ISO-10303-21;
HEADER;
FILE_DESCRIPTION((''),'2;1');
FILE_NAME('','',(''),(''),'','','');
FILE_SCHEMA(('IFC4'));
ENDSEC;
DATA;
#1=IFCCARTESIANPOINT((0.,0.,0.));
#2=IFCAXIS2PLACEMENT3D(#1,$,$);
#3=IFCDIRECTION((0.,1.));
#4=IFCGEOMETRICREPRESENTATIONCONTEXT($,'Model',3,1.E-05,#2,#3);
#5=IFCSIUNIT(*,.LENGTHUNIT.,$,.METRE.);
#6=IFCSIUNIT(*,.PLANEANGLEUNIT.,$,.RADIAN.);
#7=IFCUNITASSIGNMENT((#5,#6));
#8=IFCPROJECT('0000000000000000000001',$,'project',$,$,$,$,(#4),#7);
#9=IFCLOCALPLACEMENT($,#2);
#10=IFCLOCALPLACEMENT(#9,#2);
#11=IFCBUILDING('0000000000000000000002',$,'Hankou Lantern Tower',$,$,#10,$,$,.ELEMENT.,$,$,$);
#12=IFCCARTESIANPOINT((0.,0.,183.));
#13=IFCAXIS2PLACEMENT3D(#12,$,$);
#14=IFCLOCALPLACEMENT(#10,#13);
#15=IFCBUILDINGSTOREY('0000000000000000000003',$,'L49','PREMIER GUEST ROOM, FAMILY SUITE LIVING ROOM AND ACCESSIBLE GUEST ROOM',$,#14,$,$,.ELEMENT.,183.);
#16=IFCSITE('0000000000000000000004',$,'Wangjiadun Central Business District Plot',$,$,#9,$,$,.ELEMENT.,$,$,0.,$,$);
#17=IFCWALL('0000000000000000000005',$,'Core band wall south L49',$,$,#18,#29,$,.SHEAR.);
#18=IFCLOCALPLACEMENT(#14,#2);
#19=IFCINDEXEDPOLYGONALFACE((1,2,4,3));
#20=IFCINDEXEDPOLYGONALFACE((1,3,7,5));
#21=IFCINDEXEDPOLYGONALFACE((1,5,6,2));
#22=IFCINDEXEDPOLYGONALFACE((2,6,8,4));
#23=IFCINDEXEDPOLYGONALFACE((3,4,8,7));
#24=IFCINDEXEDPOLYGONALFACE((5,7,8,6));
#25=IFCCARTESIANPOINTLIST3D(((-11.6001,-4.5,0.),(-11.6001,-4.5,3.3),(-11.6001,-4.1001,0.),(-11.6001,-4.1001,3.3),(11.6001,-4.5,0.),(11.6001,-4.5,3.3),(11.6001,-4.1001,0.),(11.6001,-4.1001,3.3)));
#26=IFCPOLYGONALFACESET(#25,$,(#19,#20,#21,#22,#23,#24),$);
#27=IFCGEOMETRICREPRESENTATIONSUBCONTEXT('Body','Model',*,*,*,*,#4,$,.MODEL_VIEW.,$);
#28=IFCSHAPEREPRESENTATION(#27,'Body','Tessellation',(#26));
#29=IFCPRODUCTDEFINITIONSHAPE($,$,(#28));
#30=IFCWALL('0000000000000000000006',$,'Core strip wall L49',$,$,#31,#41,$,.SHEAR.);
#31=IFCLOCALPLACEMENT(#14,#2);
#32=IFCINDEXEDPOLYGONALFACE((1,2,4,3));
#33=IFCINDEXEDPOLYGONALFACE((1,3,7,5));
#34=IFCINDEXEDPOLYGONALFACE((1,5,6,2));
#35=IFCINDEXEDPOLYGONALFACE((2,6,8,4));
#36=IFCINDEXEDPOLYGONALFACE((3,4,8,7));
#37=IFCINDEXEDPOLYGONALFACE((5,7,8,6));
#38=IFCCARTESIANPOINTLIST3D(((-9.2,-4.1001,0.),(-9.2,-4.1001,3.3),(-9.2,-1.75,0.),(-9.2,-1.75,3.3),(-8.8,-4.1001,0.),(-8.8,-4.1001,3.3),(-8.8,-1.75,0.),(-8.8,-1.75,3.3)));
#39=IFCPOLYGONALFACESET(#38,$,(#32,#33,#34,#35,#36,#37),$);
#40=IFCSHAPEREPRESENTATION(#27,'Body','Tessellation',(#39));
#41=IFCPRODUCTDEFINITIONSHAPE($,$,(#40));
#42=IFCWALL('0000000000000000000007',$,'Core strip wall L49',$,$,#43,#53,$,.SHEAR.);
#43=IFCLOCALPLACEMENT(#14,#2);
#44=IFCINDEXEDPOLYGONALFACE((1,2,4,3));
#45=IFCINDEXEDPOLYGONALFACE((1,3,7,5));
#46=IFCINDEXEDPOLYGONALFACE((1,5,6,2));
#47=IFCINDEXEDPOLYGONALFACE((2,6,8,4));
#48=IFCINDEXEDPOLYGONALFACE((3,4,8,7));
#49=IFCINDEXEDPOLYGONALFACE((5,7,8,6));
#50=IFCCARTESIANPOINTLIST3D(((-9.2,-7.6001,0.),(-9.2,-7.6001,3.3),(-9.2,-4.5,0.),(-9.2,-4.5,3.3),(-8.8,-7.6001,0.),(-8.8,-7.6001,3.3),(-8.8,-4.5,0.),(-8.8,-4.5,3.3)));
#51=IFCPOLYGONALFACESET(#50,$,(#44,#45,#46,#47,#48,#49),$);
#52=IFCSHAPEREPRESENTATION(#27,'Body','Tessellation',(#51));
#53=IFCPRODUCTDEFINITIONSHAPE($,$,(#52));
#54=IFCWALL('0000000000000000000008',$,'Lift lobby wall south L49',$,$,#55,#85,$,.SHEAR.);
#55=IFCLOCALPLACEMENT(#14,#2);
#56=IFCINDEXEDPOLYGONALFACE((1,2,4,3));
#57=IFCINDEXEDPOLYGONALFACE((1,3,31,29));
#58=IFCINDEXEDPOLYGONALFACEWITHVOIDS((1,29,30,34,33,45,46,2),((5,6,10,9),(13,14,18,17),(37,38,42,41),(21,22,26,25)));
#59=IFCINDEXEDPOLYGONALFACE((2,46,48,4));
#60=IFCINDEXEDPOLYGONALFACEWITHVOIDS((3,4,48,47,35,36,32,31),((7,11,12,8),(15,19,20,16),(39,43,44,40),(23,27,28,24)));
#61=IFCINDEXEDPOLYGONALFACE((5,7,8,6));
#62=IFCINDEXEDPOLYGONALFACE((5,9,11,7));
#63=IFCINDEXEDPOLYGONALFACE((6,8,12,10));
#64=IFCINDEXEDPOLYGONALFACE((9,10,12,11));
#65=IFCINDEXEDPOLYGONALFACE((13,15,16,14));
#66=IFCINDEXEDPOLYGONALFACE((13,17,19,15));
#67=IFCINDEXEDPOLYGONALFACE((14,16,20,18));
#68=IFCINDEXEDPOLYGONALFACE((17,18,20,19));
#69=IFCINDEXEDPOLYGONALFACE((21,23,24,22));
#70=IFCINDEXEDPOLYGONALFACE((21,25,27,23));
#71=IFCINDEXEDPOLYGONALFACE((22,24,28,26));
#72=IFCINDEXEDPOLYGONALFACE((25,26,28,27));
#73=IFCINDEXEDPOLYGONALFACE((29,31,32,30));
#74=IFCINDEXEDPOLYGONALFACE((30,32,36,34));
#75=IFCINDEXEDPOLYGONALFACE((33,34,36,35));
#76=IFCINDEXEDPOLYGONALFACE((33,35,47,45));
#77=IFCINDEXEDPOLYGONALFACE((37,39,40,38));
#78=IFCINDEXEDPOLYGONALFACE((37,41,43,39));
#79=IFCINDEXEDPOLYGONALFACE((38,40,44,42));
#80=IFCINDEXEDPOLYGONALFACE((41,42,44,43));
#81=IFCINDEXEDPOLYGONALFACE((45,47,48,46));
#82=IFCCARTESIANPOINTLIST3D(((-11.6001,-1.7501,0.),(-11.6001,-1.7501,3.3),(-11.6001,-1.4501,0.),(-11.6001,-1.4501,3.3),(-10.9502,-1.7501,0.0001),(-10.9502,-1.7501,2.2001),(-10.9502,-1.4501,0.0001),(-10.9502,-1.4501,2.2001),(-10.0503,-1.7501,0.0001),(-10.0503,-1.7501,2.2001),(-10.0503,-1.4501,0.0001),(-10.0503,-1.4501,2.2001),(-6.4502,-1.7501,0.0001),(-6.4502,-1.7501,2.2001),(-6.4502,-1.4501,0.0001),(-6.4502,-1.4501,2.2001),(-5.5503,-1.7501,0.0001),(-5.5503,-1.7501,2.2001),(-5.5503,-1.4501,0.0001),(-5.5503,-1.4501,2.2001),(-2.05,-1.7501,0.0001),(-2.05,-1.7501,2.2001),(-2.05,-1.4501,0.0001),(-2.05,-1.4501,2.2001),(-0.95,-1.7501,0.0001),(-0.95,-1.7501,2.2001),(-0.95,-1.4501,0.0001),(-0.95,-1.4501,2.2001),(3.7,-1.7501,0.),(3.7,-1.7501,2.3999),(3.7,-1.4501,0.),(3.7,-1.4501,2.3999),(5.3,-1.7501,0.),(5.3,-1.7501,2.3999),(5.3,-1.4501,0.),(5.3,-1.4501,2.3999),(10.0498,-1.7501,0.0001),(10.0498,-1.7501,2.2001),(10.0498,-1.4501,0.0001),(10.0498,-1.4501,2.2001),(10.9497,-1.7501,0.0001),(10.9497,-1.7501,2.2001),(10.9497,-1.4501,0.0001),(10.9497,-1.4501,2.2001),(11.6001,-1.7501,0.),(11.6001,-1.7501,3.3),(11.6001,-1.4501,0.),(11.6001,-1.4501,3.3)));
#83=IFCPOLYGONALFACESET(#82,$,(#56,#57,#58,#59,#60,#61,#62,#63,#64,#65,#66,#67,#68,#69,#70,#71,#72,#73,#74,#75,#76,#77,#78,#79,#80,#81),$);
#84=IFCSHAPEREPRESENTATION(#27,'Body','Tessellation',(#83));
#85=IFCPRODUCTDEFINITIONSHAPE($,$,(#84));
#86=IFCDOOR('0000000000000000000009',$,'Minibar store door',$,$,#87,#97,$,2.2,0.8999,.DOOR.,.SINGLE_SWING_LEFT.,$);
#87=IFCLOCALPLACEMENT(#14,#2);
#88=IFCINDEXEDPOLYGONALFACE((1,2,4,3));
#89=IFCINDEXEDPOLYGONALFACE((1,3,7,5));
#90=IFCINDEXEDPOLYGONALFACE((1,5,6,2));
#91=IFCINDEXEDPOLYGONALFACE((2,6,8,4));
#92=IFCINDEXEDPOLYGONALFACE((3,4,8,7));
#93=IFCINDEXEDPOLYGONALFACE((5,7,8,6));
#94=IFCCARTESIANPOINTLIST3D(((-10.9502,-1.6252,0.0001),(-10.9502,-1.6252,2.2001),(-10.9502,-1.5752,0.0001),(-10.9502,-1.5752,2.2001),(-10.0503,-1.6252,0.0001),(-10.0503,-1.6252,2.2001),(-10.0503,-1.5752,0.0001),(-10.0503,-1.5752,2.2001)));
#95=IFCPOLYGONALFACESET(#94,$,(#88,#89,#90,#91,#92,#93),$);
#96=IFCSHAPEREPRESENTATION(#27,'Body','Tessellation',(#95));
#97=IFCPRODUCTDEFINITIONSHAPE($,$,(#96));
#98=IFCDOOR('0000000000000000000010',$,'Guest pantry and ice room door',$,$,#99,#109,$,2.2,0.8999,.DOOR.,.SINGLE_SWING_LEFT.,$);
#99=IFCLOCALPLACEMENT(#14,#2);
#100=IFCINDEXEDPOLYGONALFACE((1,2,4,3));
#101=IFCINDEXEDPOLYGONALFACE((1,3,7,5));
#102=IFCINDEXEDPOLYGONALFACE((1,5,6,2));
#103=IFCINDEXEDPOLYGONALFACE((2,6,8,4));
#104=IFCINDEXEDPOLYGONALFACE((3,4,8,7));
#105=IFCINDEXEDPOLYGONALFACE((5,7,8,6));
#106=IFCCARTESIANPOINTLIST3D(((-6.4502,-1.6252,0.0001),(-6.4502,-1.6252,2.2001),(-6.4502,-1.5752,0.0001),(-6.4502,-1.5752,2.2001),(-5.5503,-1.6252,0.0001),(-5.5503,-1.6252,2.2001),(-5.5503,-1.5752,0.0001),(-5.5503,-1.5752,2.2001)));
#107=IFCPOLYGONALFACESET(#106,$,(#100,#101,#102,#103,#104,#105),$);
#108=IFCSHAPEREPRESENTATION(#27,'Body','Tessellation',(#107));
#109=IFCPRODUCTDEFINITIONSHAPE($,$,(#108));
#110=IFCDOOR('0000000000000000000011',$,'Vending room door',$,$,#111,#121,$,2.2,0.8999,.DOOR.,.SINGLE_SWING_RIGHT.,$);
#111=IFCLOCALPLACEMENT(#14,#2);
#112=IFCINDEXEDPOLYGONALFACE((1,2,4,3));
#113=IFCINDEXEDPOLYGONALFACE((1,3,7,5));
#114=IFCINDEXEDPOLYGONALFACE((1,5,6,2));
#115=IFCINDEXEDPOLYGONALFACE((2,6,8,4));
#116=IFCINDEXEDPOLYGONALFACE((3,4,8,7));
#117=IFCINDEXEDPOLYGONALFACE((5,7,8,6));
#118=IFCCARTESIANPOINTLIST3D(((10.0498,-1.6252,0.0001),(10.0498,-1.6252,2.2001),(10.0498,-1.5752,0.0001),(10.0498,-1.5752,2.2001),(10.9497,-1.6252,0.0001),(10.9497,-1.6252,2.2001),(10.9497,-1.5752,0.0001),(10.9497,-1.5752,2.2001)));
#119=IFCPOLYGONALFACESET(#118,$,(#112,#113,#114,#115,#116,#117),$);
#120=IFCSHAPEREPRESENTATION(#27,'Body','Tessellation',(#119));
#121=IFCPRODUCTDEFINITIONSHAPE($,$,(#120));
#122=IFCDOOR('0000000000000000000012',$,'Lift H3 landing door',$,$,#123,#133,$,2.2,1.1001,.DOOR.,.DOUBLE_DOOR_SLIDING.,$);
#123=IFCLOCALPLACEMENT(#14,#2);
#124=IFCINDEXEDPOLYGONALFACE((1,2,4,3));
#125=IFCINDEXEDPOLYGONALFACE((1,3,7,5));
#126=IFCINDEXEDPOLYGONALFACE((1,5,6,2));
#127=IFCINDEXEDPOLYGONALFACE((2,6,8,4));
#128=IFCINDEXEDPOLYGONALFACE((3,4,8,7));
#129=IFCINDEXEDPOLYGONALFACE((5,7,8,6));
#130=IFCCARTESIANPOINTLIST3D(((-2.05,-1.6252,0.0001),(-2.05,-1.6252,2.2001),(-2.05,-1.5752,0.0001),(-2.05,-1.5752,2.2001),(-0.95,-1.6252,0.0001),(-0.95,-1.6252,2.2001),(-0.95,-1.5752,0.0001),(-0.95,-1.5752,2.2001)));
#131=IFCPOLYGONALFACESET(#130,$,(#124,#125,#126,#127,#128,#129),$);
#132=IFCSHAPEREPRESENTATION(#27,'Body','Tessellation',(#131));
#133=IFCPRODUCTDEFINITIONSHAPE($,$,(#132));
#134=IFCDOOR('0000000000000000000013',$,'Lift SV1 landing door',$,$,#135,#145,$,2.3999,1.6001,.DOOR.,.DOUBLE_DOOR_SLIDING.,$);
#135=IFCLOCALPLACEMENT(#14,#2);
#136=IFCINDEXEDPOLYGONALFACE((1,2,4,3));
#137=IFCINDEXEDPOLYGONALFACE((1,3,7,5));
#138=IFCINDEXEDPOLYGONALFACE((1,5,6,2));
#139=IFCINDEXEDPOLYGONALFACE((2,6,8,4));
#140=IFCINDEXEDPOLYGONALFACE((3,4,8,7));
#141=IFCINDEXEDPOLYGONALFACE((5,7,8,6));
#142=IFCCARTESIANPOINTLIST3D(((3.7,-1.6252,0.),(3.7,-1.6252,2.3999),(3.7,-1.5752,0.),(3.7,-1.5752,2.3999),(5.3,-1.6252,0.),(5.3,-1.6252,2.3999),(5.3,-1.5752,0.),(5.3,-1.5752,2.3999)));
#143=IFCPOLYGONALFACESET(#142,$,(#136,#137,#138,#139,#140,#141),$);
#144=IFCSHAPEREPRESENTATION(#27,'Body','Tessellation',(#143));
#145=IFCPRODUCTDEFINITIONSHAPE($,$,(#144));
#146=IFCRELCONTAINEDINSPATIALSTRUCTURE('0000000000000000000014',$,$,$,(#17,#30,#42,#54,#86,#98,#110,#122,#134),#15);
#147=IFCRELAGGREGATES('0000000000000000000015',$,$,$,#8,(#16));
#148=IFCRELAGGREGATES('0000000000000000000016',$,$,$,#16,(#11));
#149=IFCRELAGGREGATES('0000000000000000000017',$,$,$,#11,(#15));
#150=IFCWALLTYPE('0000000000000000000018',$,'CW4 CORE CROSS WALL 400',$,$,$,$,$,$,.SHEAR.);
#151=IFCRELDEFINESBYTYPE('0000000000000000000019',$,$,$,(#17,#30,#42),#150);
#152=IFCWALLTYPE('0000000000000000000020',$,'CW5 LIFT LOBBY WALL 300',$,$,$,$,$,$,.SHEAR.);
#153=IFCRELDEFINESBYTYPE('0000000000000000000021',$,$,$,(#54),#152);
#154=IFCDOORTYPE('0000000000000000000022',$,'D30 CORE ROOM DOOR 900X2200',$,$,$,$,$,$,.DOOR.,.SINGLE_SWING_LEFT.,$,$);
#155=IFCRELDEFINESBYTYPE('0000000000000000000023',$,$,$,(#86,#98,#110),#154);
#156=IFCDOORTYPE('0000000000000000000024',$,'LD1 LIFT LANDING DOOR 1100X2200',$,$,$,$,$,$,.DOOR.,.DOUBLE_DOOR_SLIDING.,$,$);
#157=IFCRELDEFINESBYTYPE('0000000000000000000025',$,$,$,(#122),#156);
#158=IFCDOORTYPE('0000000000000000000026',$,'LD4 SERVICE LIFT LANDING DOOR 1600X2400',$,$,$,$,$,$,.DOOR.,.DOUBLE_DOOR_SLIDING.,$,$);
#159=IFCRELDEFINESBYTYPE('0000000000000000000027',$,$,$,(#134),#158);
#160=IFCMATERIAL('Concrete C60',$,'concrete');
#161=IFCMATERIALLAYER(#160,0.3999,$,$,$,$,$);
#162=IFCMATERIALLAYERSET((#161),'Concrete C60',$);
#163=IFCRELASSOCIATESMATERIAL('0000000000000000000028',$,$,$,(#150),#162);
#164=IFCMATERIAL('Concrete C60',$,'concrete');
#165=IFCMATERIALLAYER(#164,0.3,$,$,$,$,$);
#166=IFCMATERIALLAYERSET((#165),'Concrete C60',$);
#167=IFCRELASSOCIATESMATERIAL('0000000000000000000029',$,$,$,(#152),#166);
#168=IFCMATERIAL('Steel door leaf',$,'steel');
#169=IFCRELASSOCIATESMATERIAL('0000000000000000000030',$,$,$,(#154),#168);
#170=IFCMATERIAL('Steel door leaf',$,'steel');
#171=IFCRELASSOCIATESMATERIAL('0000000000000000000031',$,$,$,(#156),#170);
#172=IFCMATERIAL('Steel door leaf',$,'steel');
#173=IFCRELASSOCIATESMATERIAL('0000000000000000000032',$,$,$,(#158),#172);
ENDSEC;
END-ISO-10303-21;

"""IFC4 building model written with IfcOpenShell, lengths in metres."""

from ifc_helpers import new_model, si_unit, direction, frame, frame_2d, origin, place, context, subcontext, project, spatial, rectangle, extrude, material, layer, layer_set, type_object, element, fill, save


model = new_model("IFC4")

# Units and contexts
model_context = context("Model", 3, precision=1e-05, world=origin(), true_north=direction((0.0, 1.0)))
body_context = subcontext(model_context, "Body", "Model", "MODEL_VIEW")
ifc_project = project(units=[si_unit("LENGTHUNIT", "METRE"), si_unit("PLANEANGLEUNIT", "RADIAN")], contexts=[model_context])

# Site, building, storey
site_placement = place(None, origin())
site = spatial("IfcSite", under=ifc_project, at=site_placement, Name="Wangjiadun Central Business District Plot", CompositionType="ELEMENT", RefElevation=0.0)
building_placement = place(site_placement, origin())
building = spatial("IfcBuilding", under=site, at=building_placement, Name="Hankou Lantern Tower", CompositionType="ELEMENT")
storey_placement = place(building_placement, frame((0.0, 0.0, 183.0)))
storey = spatial("IfcBuildingStorey", under=building, at=storey_placement, Name="L49", Description="PREMIER GUEST ROOM, FAMILY SUITE LIVING ROOM AND ACCESSIBLE GUEST ROOM", CompositionType="ELEMENT", Elevation=183.0)

# Walls
ifc_material_1 = material(Name="Concrete C60", Category="concrete")
ifc_layer_1 = layer(ifc_material_1, 0.3999)
ifc_layer_set_1 = layer_set([ifc_layer_1], Name="Concrete C60")
wall_type_1 = type_object("IfcWallType", Name="CW4 CORE CROSS WALL 400", PredefinedType="SHEAR", material=ifc_layer_set_1)
wall_1_placement = place(storey_placement, frame((-11.6001, -4.3, 0.0), z_axis=(0.0, 0.0, 1.0), x_axis=(1.0, 0.0, 0.0)))
element("IfcWall", 1, at=wall_1_placement, inside=storey, type_object=wall_type_1, Name="Core band wall south L49", PredefinedType="SHEAR", context=body_context, shape_type="SweptSolid", body=[
    extrude(rectangle(XDim=23.2002, YDim=0.3999, at=frame_2d((11.6001, 0.0))), origin(), (0.0, 0.0, 1.0), 3.3),
])
wall_2_placement = place(storey_placement, frame((-9.0, -4.1001, 0.0), z_axis=(0.0, 0.0, 1.0), x_axis=(0.0, 1.0, 0.0)))
element("IfcWall", 2, at=wall_2_placement, inside=storey, type_object=wall_type_1, Name="Core strip wall L49", PredefinedType="SHEAR", context=body_context, shape_type="SweptSolid", body=[
    extrude(rectangle(XDim=2.3501, YDim=0.3999, at=frame_2d((1.175, 0.0))), origin(), (0.0, 0.0, 1.0), 3.3),
])
wall_3_placement = place(storey_placement, frame((-9.0, -7.6001, 0.0), z_axis=(0.0, 0.0, 1.0), x_axis=(0.0, 1.0, 0.0)))
element("IfcWall", 3, at=wall_3_placement, inside=storey, type_object=wall_type_1, Name="Core strip wall L49", PredefinedType="SHEAR", context=body_context, shape_type="SweptSolid", body=[
    extrude(rectangle(XDim=3.1001, YDim=0.3999, at=frame_2d((1.55, 0.0))), origin(), (0.0, 0.0, 1.0), 3.3),
])

# Wall, openings, doors
ifc_material_2 = material(Name="Concrete C60", Category="concrete")
ifc_layer_2 = layer(ifc_material_2, 0.3)
ifc_layer_set_2 = layer_set([ifc_layer_2], Name="Concrete C60")
wall_type_2 = type_object("IfcWallType", Name="CW5 LIFT LOBBY WALL 300", PredefinedType="SHEAR", material=ifc_layer_set_2)
wall_4_placement = place(storey_placement, frame((-11.6001, -1.6001, 0.0), z_axis=(0.0, 0.0, 1.0), x_axis=(1.0, 0.0, 0.0)))
wall_4 = element("IfcWall", 4, at=wall_4_placement, inside=storey, type_object=wall_type_2, Name="Lift lobby wall south L49", PredefinedType="SHEAR", context=body_context, shape_type="SweptSolid", body=[
    extrude(rectangle(XDim=23.2002, YDim=0.3, at=frame_2d((11.6001, 0.0))), origin(), (0.0, 0.0, 1.0), 3.3),
])
opening_1_placement = place(wall_4_placement, frame((9.55, 0.0, 0.0)))
opening_1 = element("IfcOpeningElement", 5, at=opening_1_placement, cuts=wall_4, PredefinedType="OPENING", context=body_context, shape_type="SweptSolid", body=[
    extrude(rectangle(XDim=1.1001, YDim=2.2, at=frame_2d((0.55, 1.1001))), frame((0.0, 0.1599, 0.0), z_axis=(0.0, -1.0, 0.0), x_axis=(1.0, 0.0, 0.0)), (0.0, 0.0, 1.0), 0.3201),
])
opening_2_placement = place(wall_4_placement, frame((15.3, 0.0, 0.0)))
opening_2 = element("IfcOpeningElement", 6, at=opening_2_placement, cuts=wall_4, PredefinedType="OPENING", context=body_context, shape_type="SweptSolid", body=[
    extrude(rectangle(XDim=1.6001, YDim=2.3999, at=frame_2d((0.8, 1.2))), frame((0.0, 0.1599, 0.0), z_axis=(0.0, -1.0, 0.0), x_axis=(1.0, 0.0, 0.0)), (0.0, 0.0, 1.0), 0.3201),
])
opening_3_placement = place(wall_4_placement, frame((0.6499, 0.0, 0.0)))
opening_3 = element("IfcOpeningElement", 7, at=opening_3_placement, cuts=wall_4, PredefinedType="OPENING", context=body_context, shape_type="SweptSolid", body=[
    extrude(rectangle(XDim=0.8999, YDim=2.2, at=frame_2d((0.45, 1.1001))), frame((0.0, 0.1599, 0.0), z_axis=(0.0, -1.0, 0.0), x_axis=(1.0, 0.0, 0.0)), (0.0, 0.0, 1.0), 0.3201),
])
opening_4_placement = place(wall_4_placement, frame((5.1499, 0.0, 0.0)))
opening_4 = element("IfcOpeningElement", 8, at=opening_4_placement, cuts=wall_4, PredefinedType="OPENING", context=body_context, shape_type="SweptSolid", body=[
    extrude(rectangle(XDim=0.8999, YDim=2.2, at=frame_2d((0.45, 1.1001))), frame((0.0, 0.1599, 0.0), z_axis=(0.0, -1.0, 0.0), x_axis=(1.0, 0.0, 0.0)), (0.0, 0.0, 1.0), 0.3201),
])
opening_5_placement = place(wall_4_placement, frame((21.6499, 0.0, 0.0)))
opening_5 = element("IfcOpeningElement", 9, at=opening_5_placement, cuts=wall_4, PredefinedType="OPENING", context=body_context, shape_type="SweptSolid", body=[
    extrude(rectangle(XDim=0.8999, YDim=2.2, at=frame_2d((0.45, 1.1001))), frame((0.0, 0.1599, 0.0), z_axis=(0.0, -1.0, 0.0), x_axis=(1.0, 0.0, 0.0)), (0.0, 0.0, 1.0), 0.3201),
])
ifc_material_3 = material(Name="Steel door leaf", Category="steel")
door_type_1 = type_object("IfcDoorType", Name="D30 CORE ROOM DOOR 900X2200", OperationType="SINGLE_SWING_LEFT", PredefinedType="DOOR", material=ifc_material_3)
door_1_placement = place(opening_3_placement, origin())
door_1 = element("IfcDoor", 10, at=door_1_placement, inside=storey, type_object=door_type_1, Name="Minibar store door", OperationType="SINGLE_SWING_LEFT", OverallHeight=2.2, OverallWidth=0.8999, PredefinedType="DOOR", context=body_context, shape_type="SweptSolid", body=[
    extrude(rectangle(XDim=0.8999, YDim=2.2, at=frame_2d((0.45, 1.1001))), frame((0.0, 0.0249, 0.0), z_axis=(0.0, -1.0, 0.0), x_axis=(1.0, 0.0, 0.0)), (0.0, 0.0, 1.0), 0.05),
])
fill(opening_3, door_1)
door_2_placement = place(opening_4_placement, origin())
door_2 = element("IfcDoor", 11, at=door_2_placement, inside=storey, type_object=door_type_1, Name="Guest pantry and ice room door", OperationType="SINGLE_SWING_LEFT", OverallHeight=2.2, OverallWidth=0.8999, PredefinedType="DOOR", context=body_context, shape_type="SweptSolid", body=[
    extrude(rectangle(XDim=0.8999, YDim=2.2, at=frame_2d((0.45, 1.1001))), frame((0.0, 0.0249, 0.0), z_axis=(0.0, -1.0, 0.0), x_axis=(1.0, 0.0, 0.0)), (0.0, 0.0, 1.0), 0.05),
])
fill(opening_4, door_2)
door_3_placement = place(opening_5_placement, origin())
door_3 = element("IfcDoor", 12, at=door_3_placement, inside=storey, type_object=door_type_1, Name="Vending room door", OperationType="SINGLE_SWING_RIGHT", OverallHeight=2.2, OverallWidth=0.8999, PredefinedType="DOOR", context=body_context, shape_type="SweptSolid", body=[
    extrude(rectangle(XDim=0.8999, YDim=2.2, at=frame_2d((0.45, 1.1001))), frame((0.0, 0.0249, 0.0), z_axis=(0.0, -1.0, 0.0), x_axis=(1.0, 0.0, 0.0)), (0.0, 0.0, 1.0), 0.05),
])
fill(opening_5, door_3)
ifc_material_4 = material(Name="Steel door leaf", Category="steel")
door_type_2 = type_object("IfcDoorType", Name="LD1 LIFT LANDING DOOR 1100X2200", OperationType="DOUBLE_DOOR_SLIDING", PredefinedType="DOOR", material=ifc_material_4)
door_4_placement = place(opening_1_placement, origin())
door_4 = element("IfcDoor", 13, at=door_4_placement, inside=storey, type_object=door_type_2, Name="Lift H3 landing door", OperationType="DOUBLE_DOOR_SLIDING", OverallHeight=2.2, OverallWidth=1.1001, PredefinedType="DOOR", context=body_context, shape_type="SweptSolid", body=[
    extrude(rectangle(XDim=1.1001, YDim=2.2, at=frame_2d((0.55, 1.1001))), frame((0.0, 0.0249, 0.0), z_axis=(0.0, -1.0, 0.0), x_axis=(1.0, 0.0, 0.0)), (0.0, 0.0, 1.0), 0.05),
])
fill(opening_1, door_4)
ifc_material_5 = material(Name="Steel door leaf", Category="steel")
door_type_3 = type_object("IfcDoorType", Name="LD4 SERVICE LIFT LANDING DOOR 1600X2400", OperationType="DOUBLE_DOOR_SLIDING", PredefinedType="DOOR", material=ifc_material_5)
door_5_placement = place(opening_2_placement, origin())
door_5 = element("IfcDoor", 14, at=door_5_placement, inside=storey, type_object=door_type_3, Name="Lift SV1 landing door", OperationType="DOUBLE_DOOR_SLIDING", OverallHeight=2.3999, OverallWidth=1.6001, PredefinedType="DOOR", context=body_context, shape_type="SweptSolid", body=[
    extrude(rectangle(XDim=1.6001, YDim=2.3999, at=frame_2d((0.8, 1.2))), frame((0.0, 0.0249, 0.0), z_axis=(0.0, -1.0, 0.0), x_axis=(1.0, 0.0, 0.0)), (0.0, 0.0, 1.0), 0.05),
])
fill(opening_2, door_5)

save(model, "model.ifc")
